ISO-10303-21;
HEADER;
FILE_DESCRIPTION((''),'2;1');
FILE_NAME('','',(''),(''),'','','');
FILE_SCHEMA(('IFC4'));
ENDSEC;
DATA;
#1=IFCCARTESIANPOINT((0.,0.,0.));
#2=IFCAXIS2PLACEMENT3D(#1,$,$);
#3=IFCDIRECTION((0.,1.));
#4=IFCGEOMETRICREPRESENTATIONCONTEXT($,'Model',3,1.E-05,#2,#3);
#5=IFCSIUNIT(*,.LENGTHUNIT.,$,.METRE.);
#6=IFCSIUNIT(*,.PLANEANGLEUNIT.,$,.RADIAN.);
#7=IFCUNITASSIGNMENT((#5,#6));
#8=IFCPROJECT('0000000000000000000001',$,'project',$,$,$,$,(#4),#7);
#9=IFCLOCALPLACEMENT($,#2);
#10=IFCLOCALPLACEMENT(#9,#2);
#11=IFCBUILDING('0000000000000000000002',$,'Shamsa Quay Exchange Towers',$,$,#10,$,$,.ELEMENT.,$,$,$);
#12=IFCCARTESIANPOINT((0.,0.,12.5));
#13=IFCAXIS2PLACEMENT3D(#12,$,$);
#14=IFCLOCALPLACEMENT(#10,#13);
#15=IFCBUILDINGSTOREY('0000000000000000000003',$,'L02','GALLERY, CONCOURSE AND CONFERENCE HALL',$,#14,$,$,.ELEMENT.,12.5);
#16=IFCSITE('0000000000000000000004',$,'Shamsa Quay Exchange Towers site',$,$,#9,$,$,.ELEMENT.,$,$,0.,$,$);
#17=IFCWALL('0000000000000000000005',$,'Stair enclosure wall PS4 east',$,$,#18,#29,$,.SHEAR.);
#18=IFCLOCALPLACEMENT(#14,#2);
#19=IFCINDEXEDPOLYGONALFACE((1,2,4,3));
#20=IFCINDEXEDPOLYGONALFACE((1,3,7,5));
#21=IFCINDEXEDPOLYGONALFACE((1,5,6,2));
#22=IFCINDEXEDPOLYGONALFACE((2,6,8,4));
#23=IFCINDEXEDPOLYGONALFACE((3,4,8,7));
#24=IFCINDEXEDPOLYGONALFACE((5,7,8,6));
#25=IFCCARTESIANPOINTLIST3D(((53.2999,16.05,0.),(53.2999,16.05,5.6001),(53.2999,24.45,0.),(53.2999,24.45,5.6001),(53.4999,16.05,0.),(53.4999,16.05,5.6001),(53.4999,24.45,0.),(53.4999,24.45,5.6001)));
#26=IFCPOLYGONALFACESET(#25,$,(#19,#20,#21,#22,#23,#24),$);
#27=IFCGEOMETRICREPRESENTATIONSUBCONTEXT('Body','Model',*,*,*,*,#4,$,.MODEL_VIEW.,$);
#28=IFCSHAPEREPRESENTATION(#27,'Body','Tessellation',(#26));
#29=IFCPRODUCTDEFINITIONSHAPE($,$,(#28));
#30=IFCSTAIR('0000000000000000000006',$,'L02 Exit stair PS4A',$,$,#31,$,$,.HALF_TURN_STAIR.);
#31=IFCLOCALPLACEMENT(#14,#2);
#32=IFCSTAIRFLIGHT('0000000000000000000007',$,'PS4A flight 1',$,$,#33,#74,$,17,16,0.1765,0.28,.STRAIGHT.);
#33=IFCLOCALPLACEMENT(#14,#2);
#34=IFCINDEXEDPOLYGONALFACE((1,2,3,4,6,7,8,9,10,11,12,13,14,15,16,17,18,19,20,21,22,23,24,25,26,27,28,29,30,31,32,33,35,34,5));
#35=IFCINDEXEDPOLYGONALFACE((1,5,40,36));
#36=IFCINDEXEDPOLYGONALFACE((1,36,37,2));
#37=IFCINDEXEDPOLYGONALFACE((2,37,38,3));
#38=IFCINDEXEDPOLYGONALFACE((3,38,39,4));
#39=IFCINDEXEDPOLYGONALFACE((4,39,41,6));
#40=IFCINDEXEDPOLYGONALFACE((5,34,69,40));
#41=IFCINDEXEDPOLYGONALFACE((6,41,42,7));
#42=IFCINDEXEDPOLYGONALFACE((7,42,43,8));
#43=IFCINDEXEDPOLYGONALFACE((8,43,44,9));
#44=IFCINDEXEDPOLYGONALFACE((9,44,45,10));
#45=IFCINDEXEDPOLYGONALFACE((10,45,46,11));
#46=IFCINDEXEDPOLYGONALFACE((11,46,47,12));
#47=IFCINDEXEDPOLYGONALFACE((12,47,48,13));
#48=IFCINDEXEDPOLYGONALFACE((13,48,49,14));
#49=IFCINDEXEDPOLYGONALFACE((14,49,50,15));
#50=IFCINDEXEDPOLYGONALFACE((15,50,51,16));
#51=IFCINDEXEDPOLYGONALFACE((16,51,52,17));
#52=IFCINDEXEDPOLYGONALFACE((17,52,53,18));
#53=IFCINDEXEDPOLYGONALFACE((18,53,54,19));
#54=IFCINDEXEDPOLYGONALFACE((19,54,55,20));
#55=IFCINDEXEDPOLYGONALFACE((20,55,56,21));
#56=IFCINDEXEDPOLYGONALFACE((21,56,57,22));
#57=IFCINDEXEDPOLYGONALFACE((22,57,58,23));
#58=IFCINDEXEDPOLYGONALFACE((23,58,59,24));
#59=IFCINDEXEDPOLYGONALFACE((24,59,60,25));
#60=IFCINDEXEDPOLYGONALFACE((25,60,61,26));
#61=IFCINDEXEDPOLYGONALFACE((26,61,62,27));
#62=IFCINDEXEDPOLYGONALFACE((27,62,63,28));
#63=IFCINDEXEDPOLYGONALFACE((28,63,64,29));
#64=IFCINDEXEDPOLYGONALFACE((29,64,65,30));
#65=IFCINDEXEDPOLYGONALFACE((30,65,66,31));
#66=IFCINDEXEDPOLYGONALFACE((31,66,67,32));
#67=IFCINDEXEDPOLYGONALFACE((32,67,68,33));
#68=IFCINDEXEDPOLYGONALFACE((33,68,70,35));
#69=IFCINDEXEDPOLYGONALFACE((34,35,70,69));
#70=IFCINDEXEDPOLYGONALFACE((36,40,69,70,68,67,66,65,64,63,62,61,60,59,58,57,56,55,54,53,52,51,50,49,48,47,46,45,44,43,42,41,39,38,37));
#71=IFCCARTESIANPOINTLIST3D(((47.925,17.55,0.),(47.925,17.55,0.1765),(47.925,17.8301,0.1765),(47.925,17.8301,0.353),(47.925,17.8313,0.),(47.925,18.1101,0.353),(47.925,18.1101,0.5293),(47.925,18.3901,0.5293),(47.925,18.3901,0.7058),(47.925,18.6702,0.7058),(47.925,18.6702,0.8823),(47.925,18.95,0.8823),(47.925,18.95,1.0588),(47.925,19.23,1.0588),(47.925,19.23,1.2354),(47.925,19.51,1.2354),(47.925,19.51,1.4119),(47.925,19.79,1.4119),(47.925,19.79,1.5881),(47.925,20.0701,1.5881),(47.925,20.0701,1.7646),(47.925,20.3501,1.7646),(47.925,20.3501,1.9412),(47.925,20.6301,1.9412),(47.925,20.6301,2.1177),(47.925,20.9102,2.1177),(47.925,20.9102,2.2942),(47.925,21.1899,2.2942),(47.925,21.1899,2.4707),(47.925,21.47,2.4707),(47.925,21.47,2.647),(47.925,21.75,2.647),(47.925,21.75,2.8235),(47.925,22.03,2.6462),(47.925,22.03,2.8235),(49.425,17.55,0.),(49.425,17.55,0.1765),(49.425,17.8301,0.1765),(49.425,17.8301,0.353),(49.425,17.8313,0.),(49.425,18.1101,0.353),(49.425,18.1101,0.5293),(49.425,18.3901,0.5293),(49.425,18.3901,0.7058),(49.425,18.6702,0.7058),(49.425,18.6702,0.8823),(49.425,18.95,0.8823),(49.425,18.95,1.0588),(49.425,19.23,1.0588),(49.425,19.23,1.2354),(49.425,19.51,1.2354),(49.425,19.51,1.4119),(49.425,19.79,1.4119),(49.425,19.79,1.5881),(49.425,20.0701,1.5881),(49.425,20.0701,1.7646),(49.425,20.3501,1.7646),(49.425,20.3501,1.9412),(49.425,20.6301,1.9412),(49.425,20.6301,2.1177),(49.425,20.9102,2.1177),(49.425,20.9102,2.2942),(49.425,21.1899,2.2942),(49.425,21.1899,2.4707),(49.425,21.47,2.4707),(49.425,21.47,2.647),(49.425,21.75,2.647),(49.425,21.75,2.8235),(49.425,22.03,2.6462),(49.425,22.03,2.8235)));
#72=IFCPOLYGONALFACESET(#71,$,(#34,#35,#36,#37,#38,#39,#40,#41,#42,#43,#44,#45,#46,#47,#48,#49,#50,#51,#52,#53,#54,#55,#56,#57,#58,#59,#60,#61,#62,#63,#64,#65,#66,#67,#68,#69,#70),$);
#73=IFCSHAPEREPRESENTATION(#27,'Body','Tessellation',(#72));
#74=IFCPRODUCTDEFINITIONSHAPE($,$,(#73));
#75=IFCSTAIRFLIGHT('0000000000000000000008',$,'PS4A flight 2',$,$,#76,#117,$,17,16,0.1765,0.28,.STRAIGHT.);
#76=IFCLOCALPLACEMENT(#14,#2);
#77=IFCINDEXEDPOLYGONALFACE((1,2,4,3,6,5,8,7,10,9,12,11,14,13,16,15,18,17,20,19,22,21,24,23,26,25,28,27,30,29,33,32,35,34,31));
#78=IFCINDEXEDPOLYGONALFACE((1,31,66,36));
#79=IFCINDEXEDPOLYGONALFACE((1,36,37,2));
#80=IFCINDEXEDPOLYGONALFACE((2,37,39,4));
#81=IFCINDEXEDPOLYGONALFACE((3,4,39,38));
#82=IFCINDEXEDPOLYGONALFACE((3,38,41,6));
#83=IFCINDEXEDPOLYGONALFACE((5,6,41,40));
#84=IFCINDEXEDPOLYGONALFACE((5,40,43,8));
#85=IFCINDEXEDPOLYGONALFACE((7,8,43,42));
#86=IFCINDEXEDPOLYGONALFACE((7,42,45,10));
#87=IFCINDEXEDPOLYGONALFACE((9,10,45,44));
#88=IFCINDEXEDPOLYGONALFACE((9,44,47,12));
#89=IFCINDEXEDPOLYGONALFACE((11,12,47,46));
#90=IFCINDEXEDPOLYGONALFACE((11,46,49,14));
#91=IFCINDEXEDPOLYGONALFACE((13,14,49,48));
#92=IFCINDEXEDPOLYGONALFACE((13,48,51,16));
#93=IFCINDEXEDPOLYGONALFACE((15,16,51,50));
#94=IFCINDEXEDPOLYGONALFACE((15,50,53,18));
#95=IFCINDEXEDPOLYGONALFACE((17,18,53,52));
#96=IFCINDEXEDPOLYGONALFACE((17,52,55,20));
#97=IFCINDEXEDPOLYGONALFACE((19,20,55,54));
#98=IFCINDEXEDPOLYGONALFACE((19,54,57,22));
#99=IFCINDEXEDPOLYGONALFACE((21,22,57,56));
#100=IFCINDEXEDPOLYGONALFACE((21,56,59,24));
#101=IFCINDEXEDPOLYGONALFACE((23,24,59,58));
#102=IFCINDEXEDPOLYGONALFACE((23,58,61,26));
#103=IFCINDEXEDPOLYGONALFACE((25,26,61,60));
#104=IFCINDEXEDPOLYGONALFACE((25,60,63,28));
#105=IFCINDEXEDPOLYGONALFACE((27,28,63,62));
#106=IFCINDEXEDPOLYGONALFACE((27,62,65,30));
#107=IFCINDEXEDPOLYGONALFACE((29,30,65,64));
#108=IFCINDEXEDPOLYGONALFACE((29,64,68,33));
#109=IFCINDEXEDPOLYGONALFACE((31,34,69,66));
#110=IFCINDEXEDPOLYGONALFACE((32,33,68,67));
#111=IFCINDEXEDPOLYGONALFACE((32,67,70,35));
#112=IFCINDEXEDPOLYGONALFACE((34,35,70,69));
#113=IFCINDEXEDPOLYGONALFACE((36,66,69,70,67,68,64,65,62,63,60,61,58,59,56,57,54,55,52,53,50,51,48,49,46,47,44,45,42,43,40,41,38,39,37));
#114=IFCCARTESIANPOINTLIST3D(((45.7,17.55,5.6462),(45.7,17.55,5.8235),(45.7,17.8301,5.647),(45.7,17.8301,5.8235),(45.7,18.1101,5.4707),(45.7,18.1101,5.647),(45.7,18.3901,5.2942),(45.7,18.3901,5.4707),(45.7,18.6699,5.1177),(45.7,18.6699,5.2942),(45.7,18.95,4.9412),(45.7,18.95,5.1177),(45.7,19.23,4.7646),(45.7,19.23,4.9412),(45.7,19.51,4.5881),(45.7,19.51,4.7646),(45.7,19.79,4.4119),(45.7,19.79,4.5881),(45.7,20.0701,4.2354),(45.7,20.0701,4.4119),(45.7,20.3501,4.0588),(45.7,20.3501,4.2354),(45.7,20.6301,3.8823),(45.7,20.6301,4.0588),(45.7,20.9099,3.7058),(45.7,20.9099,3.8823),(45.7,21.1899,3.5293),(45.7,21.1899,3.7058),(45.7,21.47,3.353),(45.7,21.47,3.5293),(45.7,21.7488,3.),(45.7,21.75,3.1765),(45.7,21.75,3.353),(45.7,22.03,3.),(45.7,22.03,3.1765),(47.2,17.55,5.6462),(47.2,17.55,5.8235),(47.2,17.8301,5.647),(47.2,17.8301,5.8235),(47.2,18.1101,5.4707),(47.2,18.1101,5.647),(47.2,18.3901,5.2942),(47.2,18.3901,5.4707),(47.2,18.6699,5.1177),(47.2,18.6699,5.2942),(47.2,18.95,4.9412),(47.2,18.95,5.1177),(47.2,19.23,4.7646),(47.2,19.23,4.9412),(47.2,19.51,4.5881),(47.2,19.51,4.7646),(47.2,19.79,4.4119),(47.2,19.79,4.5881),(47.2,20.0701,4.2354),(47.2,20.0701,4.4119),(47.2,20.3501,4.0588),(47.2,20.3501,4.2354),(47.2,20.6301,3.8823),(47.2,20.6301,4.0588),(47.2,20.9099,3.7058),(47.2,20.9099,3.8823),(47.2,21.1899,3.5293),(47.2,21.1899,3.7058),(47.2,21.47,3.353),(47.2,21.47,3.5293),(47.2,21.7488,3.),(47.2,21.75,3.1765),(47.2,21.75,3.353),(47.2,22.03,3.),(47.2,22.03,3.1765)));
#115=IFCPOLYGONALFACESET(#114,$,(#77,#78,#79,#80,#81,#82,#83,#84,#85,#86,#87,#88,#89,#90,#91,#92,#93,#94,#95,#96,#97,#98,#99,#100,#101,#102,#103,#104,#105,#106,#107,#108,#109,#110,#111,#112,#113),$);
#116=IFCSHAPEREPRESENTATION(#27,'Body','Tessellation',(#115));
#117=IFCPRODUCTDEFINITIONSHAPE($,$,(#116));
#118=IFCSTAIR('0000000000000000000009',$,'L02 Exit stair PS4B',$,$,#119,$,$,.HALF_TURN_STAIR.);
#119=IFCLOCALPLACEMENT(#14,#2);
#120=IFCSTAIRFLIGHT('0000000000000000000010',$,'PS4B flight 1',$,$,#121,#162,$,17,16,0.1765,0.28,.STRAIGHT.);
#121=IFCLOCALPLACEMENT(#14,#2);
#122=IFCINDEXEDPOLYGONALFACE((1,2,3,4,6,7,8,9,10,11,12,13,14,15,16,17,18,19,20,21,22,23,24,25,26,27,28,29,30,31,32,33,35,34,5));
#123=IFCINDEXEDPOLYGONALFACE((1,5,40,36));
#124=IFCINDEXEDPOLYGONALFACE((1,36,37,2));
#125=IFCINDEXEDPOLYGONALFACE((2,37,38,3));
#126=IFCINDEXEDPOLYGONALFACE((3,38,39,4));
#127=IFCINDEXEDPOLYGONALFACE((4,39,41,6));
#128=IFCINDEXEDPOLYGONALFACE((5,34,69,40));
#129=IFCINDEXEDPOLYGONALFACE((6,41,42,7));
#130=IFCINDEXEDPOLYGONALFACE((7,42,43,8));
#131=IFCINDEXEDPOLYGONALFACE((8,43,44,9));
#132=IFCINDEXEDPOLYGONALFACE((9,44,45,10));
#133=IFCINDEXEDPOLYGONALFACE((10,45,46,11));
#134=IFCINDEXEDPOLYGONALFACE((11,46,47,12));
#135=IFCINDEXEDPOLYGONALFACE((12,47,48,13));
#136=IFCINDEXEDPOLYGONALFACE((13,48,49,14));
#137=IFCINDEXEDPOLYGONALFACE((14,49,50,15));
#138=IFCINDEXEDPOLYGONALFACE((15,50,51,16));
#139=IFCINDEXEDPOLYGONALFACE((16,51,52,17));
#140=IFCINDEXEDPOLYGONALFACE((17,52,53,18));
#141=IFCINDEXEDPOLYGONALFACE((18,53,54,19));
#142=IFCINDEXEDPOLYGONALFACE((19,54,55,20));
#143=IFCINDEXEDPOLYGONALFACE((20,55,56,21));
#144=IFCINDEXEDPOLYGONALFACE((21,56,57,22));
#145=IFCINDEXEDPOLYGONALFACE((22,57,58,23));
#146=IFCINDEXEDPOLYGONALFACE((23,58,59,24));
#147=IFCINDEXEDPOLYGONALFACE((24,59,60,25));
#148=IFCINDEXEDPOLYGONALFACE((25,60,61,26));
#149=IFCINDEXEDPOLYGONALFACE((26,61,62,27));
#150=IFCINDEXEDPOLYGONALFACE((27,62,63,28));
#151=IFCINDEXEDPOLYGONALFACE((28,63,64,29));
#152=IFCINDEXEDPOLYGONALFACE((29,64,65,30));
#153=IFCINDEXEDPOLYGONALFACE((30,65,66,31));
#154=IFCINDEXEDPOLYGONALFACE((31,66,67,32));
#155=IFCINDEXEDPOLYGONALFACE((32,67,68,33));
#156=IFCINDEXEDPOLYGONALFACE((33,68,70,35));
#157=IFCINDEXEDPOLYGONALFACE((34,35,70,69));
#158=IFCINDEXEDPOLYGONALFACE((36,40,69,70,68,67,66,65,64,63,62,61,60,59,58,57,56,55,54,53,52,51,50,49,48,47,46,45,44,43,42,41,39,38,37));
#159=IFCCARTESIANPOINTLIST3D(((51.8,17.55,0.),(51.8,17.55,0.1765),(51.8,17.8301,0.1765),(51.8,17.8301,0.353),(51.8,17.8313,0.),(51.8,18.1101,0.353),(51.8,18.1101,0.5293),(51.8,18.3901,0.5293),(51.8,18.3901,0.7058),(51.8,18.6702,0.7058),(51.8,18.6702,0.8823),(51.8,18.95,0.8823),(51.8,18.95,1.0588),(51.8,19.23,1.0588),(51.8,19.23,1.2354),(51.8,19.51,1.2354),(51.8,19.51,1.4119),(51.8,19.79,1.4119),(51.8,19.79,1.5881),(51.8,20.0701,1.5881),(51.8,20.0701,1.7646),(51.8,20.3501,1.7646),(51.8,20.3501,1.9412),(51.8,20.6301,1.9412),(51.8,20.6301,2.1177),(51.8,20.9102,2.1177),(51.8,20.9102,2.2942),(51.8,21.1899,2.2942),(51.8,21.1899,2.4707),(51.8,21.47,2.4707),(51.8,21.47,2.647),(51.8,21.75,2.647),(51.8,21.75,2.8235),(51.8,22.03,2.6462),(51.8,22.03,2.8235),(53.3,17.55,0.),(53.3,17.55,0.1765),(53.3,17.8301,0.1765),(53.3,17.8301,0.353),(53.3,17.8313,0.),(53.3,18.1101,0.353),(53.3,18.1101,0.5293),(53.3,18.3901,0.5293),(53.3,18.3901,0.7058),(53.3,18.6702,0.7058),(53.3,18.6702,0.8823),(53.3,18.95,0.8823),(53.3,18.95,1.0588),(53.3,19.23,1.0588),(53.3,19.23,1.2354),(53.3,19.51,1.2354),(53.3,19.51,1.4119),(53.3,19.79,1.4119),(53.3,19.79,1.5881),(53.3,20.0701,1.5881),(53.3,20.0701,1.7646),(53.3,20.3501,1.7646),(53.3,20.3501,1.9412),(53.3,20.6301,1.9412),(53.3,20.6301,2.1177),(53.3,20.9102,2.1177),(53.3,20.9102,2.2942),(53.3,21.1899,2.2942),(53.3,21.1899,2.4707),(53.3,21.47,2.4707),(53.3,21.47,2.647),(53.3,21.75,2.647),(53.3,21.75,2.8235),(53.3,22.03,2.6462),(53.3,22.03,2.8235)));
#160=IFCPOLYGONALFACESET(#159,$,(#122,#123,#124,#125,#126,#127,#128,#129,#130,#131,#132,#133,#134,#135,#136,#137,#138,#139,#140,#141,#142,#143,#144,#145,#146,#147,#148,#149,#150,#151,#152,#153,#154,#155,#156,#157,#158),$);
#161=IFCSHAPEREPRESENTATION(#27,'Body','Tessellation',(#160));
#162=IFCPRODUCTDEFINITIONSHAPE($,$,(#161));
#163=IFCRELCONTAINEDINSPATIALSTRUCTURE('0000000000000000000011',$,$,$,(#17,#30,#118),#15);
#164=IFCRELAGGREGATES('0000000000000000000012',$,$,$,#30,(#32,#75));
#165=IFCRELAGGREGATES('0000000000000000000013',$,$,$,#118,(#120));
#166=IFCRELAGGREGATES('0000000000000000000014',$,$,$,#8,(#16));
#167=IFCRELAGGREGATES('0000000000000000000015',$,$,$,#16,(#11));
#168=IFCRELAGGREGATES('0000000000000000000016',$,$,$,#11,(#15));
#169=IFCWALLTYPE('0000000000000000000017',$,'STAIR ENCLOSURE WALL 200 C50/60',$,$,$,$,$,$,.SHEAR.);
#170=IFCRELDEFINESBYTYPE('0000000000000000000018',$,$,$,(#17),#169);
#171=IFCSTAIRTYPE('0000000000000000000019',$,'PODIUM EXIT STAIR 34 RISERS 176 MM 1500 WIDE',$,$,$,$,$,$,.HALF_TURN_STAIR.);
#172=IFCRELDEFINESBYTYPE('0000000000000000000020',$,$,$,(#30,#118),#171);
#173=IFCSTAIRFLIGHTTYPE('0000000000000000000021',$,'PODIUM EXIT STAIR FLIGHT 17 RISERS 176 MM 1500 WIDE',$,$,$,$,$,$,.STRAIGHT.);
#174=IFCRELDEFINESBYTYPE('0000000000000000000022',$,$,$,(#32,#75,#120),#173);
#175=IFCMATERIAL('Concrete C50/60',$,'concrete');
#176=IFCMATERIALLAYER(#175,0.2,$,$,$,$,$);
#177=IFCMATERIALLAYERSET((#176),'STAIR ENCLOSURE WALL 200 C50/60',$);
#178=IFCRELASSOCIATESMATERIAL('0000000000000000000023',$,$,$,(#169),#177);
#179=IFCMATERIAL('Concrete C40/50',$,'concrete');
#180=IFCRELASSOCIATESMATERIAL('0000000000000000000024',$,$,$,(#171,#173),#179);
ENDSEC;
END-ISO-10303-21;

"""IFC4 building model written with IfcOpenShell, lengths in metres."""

from ifc_helpers import new_model, si_unit, direction, frame, frame_2d, origin, place, context, subcontext, project, spatial, polyline, rectangle, outline, extrude, material, layer, layer_set, type_object, element, aggregate, save


model = new_model("IFC4")

# Units and contexts
model_context = context("Model", 3, precision=1e-05, world=origin(), true_north=direction((0.0, 1.0)))
body_context = subcontext(model_context, "Body", "Model", "MODEL_VIEW")
ifc_project = project(units=[si_unit("LENGTHUNIT", "METRE"), si_unit("PLANEANGLEUNIT", "RADIAN")], contexts=[model_context])

# Site, building, storey
site_placement = place(None, origin())
site = spatial("IfcSite", under=ifc_project, at=site_placement, Name="Shamsa Quay Exchange Towers site", CompositionType="ELEMENT", RefElevation=0.0)
building_placement = place(site_placement, origin())
building = spatial("IfcBuilding", under=site, at=building_placement, Name="Shamsa Quay Exchange Towers", CompositionType="ELEMENT")
storey_placement = place(building_placement, frame((0.0, 0.0, 12.5)))
storey = spatial("IfcBuildingStorey", under=building, at=storey_placement, Name="L02", Description="GALLERY, CONCOURSE AND CONFERENCE HALL", CompositionType="ELEMENT", Elevation=12.5)

# Wall
ifc_material_1 = material(Name="Concrete C50/60", Category="concrete")
ifc_layer_1 = layer(ifc_material_1, 0.2)
ifc_layer_set_1 = layer_set([ifc_layer_1], Name="STAIR ENCLOSURE WALL 200 C50/60")
wall_type_1 = type_object("IfcWallType", Name="STAIR ENCLOSURE WALL 200 C50/60", PredefinedType="SHEAR", material=ifc_layer_set_1)
wall_1_placement = place(storey_placement, frame((53.3999, 16.05, 0.0), z_axis=(0.0, 0.0, 1.0), x_axis=(0.0, 1.0, 0.0)))
element("IfcWall", 1, at=wall_1_placement, inside=storey, type_object=wall_type_1, Name="Stair enclosure wall PS4 east", PredefinedType="SHEAR", context=body_context, shape_type="SweptSolid", body=[
    extrude(rectangle(XDim=8.3999, YDim=0.2, at=frame_2d((4.2, 0.0))), origin(), (0.0, 0.0, 1.0), 5.6001),
])

# Stairs, stair flights
ifc_material_2 = material(Name="Concrete C40/50", Category="concrete")
stair_type = type_object("IfcStairType", Name="PODIUM EXIT STAIR 34 RISERS 176 MM 1500 WIDE", PredefinedType="HALF_TURN_STAIR", material=ifc_material_2)
stair_1_placement = place(storey_placement, origin())
stair_1 = element("IfcStair", 2, at=stair_1_placement, inside=storey, type_object=stair_type, Name="L02 Exit stair PS4A", PredefinedType="HALF_TURN_STAIR")
stair_flight_type = type_object("IfcStairFlightType", Name="PODIUM EXIT STAIR FLIGHT 17 RISERS 176 MM 1500 WIDE", PredefinedType="STRAIGHT", material=ifc_material_2)
stair_flight_1_placement = place(storey_placement, frame((48.675, 17.55, 0.0), z_axis=(0.0, 0.0, 1.0), x_axis=(0.0, 1.0, 0.0)))
stair_flight_1 = element("IfcStairFlight", 3, at=stair_flight_1_placement, type_object=stair_flight_type, Name="PS4A flight 1", NumberOfRisers=17, NumberOfTreads=16, PredefinedType="STRAIGHT", RiserHeight=0.1765, TreadLength=0.28, context=body_context, shape_type="SweptSolid", body=[
    extrude(outline(polyline([(0.0, 0.0), (0.0, 0.1765), (0.28, 0.1765), (0.28, 0.353), (0.5601, 0.353), (0.5601, 0.5293), (0.8401, 0.5293), (0.8401, 0.7058), (1.1201, 0.7058), (1.1201, 0.8823), (1.3999, 0.8823), (1.3999, 1.0588), (1.6799, 1.0588), (1.6799, 1.2354), (1.96, 1.2354), (1.96, 1.4119), (2.24, 1.4119), (2.24, 1.5881), (2.52, 1.5881), (2.52, 1.7646), (2.8, 1.7646), (2.8, 1.9412), (3.0801, 1.9412), (3.0801, 2.1177), (3.3601, 2.1177), (3.3601, 2.2942), (3.6399, 2.2942), (3.6399, 2.4707), (3.9199, 2.4707), (3.9199, 2.647), (4.2, 2.647), (4.2, 2.8235), (4.48, 2.8235), (4.48, 3.0), (4.48, 2.6462), (0.2812, 0.0), (0.0, 0.0)])), frame((0.0, 0.75, 0.0), z_axis=(0.0, -1.0, 0.0), x_axis=(1.0, 0.0, 0.0)), (0.0, 0.0, 1.0), 1.5),
])
stair_flight_2_placement = place(storey_placement, frame((46.45, 22.03, 3.0), z_axis=(0.0, 0.0, 1.0), x_axis=(0.0, -1.0, 0.0)))
stair_flight_2 = element("IfcStairFlight", 4, at=stair_flight_2_placement, type_object=stair_flight_type, Name="PS4A flight 2", NumberOfRisers=17, NumberOfTreads=16, PredefinedType="STRAIGHT", RiserHeight=0.1765, TreadLength=0.28, context=body_context, shape_type="SweptSolid", body=[
    extrude(outline(polyline([(0.0, 0.0), (0.0, 0.1765), (0.28, 0.1765), (0.28, 0.353), (0.5601, 0.353), (0.5601, 0.5293), (0.8401, 0.5293), (0.8401, 0.7058), (1.1201, 0.7058), (1.1201, 0.8823), (1.3999, 0.8823), (1.3999, 1.0588), (1.6799, 1.0588), (1.6799, 1.2354), (1.96, 1.2354), (1.96, 1.4119), (2.24, 1.4119), (2.24, 1.5881), (2.52, 1.5881), (2.52, 1.7646), (2.8, 1.7646), (2.8, 1.9412), (3.0801, 1.9412), (3.0801, 2.1177), (3.3601, 2.1177), (3.3601, 2.2942), (3.6399, 2.2942), (3.6399, 2.4707), (3.9199, 2.4707), (3.9199, 2.647), (4.2, 2.647), (4.2, 2.8235), (4.48, 2.8235), (4.48, 3.0), (4.48, 2.6462), (0.2812, 0.0), (0.0, 0.0)])), frame((0.0, 0.75, 0.0), z_axis=(0.0, -1.0, 0.0), x_axis=(1.0, 0.0, 0.0)), (0.0, 0.0, 1.0), 1.5),
])
aggregate(stair_1, [stair_flight_1, stair_flight_2])
stair_2_placement = place(storey_placement, origin())
stair_2 = element("IfcStair", 5, at=stair_2_placement, inside=storey, type_object=stair_type, Name="L02 Exit stair PS4B", PredefinedType="HALF_TURN_STAIR")
stair_flight_3_placement = place(storey_placement, frame((52.55, 17.55, 0.0), z_axis=(0.0, 0.0, 1.0), x_axis=(0.0, 1.0, 0.0)))
stair_flight_3 = element("IfcStairFlight", 6, at=stair_flight_3_placement, type_object=stair_flight_type, Name="PS4B flight 1", NumberOfRisers=17, NumberOfTreads=16, PredefinedType="STRAIGHT", RiserHeight=0.1765, TreadLength=0.28, context=body_context, shape_type="SweptSolid", body=[
    extrude(outline(polyline([(0.0, 0.0), (0.0, 0.1765), (0.28, 0.1765), (0.28, 0.353), (0.5601, 0.353), (0.5601, 0.5293), (0.8401, 0.5293), (0.8401, 0.7058), (1.1201, 0.7058), (1.1201, 0.8823), (1.3999, 0.8823), (1.3999, 1.0588), (1.6799, 1.0588), (1.6799, 1.2354), (1.96, 1.2354), (1.96, 1.4119), (2.24, 1.4119), (2.24, 1.5881), (2.52, 1.5881), (2.52, 1.7646), (2.8, 1.7646), (2.8, 1.9412), (3.0801, 1.9412), (3.0801, 2.1177), (3.3601, 2.1177), (3.3601, 2.2942), (3.6399, 2.2942), (3.6399, 2.4707), (3.9199, 2.4707), (3.9199, 2.647), (4.2, 2.647), (4.2, 2.8235), (4.48, 2.8235), (4.48, 3.0), (4.48, 2.6462), (0.2812, 0.0), (0.0, 0.0)])), frame((0.0, 0.75, 0.0), z_axis=(0.0, -1.0, 0.0), x_axis=(1.0, 0.0, 0.0)), (0.0, 0.0, 1.0), 1.5),
])
aggregate(stair_2, [stair_flight_3])

save(model, "model.ifc")
